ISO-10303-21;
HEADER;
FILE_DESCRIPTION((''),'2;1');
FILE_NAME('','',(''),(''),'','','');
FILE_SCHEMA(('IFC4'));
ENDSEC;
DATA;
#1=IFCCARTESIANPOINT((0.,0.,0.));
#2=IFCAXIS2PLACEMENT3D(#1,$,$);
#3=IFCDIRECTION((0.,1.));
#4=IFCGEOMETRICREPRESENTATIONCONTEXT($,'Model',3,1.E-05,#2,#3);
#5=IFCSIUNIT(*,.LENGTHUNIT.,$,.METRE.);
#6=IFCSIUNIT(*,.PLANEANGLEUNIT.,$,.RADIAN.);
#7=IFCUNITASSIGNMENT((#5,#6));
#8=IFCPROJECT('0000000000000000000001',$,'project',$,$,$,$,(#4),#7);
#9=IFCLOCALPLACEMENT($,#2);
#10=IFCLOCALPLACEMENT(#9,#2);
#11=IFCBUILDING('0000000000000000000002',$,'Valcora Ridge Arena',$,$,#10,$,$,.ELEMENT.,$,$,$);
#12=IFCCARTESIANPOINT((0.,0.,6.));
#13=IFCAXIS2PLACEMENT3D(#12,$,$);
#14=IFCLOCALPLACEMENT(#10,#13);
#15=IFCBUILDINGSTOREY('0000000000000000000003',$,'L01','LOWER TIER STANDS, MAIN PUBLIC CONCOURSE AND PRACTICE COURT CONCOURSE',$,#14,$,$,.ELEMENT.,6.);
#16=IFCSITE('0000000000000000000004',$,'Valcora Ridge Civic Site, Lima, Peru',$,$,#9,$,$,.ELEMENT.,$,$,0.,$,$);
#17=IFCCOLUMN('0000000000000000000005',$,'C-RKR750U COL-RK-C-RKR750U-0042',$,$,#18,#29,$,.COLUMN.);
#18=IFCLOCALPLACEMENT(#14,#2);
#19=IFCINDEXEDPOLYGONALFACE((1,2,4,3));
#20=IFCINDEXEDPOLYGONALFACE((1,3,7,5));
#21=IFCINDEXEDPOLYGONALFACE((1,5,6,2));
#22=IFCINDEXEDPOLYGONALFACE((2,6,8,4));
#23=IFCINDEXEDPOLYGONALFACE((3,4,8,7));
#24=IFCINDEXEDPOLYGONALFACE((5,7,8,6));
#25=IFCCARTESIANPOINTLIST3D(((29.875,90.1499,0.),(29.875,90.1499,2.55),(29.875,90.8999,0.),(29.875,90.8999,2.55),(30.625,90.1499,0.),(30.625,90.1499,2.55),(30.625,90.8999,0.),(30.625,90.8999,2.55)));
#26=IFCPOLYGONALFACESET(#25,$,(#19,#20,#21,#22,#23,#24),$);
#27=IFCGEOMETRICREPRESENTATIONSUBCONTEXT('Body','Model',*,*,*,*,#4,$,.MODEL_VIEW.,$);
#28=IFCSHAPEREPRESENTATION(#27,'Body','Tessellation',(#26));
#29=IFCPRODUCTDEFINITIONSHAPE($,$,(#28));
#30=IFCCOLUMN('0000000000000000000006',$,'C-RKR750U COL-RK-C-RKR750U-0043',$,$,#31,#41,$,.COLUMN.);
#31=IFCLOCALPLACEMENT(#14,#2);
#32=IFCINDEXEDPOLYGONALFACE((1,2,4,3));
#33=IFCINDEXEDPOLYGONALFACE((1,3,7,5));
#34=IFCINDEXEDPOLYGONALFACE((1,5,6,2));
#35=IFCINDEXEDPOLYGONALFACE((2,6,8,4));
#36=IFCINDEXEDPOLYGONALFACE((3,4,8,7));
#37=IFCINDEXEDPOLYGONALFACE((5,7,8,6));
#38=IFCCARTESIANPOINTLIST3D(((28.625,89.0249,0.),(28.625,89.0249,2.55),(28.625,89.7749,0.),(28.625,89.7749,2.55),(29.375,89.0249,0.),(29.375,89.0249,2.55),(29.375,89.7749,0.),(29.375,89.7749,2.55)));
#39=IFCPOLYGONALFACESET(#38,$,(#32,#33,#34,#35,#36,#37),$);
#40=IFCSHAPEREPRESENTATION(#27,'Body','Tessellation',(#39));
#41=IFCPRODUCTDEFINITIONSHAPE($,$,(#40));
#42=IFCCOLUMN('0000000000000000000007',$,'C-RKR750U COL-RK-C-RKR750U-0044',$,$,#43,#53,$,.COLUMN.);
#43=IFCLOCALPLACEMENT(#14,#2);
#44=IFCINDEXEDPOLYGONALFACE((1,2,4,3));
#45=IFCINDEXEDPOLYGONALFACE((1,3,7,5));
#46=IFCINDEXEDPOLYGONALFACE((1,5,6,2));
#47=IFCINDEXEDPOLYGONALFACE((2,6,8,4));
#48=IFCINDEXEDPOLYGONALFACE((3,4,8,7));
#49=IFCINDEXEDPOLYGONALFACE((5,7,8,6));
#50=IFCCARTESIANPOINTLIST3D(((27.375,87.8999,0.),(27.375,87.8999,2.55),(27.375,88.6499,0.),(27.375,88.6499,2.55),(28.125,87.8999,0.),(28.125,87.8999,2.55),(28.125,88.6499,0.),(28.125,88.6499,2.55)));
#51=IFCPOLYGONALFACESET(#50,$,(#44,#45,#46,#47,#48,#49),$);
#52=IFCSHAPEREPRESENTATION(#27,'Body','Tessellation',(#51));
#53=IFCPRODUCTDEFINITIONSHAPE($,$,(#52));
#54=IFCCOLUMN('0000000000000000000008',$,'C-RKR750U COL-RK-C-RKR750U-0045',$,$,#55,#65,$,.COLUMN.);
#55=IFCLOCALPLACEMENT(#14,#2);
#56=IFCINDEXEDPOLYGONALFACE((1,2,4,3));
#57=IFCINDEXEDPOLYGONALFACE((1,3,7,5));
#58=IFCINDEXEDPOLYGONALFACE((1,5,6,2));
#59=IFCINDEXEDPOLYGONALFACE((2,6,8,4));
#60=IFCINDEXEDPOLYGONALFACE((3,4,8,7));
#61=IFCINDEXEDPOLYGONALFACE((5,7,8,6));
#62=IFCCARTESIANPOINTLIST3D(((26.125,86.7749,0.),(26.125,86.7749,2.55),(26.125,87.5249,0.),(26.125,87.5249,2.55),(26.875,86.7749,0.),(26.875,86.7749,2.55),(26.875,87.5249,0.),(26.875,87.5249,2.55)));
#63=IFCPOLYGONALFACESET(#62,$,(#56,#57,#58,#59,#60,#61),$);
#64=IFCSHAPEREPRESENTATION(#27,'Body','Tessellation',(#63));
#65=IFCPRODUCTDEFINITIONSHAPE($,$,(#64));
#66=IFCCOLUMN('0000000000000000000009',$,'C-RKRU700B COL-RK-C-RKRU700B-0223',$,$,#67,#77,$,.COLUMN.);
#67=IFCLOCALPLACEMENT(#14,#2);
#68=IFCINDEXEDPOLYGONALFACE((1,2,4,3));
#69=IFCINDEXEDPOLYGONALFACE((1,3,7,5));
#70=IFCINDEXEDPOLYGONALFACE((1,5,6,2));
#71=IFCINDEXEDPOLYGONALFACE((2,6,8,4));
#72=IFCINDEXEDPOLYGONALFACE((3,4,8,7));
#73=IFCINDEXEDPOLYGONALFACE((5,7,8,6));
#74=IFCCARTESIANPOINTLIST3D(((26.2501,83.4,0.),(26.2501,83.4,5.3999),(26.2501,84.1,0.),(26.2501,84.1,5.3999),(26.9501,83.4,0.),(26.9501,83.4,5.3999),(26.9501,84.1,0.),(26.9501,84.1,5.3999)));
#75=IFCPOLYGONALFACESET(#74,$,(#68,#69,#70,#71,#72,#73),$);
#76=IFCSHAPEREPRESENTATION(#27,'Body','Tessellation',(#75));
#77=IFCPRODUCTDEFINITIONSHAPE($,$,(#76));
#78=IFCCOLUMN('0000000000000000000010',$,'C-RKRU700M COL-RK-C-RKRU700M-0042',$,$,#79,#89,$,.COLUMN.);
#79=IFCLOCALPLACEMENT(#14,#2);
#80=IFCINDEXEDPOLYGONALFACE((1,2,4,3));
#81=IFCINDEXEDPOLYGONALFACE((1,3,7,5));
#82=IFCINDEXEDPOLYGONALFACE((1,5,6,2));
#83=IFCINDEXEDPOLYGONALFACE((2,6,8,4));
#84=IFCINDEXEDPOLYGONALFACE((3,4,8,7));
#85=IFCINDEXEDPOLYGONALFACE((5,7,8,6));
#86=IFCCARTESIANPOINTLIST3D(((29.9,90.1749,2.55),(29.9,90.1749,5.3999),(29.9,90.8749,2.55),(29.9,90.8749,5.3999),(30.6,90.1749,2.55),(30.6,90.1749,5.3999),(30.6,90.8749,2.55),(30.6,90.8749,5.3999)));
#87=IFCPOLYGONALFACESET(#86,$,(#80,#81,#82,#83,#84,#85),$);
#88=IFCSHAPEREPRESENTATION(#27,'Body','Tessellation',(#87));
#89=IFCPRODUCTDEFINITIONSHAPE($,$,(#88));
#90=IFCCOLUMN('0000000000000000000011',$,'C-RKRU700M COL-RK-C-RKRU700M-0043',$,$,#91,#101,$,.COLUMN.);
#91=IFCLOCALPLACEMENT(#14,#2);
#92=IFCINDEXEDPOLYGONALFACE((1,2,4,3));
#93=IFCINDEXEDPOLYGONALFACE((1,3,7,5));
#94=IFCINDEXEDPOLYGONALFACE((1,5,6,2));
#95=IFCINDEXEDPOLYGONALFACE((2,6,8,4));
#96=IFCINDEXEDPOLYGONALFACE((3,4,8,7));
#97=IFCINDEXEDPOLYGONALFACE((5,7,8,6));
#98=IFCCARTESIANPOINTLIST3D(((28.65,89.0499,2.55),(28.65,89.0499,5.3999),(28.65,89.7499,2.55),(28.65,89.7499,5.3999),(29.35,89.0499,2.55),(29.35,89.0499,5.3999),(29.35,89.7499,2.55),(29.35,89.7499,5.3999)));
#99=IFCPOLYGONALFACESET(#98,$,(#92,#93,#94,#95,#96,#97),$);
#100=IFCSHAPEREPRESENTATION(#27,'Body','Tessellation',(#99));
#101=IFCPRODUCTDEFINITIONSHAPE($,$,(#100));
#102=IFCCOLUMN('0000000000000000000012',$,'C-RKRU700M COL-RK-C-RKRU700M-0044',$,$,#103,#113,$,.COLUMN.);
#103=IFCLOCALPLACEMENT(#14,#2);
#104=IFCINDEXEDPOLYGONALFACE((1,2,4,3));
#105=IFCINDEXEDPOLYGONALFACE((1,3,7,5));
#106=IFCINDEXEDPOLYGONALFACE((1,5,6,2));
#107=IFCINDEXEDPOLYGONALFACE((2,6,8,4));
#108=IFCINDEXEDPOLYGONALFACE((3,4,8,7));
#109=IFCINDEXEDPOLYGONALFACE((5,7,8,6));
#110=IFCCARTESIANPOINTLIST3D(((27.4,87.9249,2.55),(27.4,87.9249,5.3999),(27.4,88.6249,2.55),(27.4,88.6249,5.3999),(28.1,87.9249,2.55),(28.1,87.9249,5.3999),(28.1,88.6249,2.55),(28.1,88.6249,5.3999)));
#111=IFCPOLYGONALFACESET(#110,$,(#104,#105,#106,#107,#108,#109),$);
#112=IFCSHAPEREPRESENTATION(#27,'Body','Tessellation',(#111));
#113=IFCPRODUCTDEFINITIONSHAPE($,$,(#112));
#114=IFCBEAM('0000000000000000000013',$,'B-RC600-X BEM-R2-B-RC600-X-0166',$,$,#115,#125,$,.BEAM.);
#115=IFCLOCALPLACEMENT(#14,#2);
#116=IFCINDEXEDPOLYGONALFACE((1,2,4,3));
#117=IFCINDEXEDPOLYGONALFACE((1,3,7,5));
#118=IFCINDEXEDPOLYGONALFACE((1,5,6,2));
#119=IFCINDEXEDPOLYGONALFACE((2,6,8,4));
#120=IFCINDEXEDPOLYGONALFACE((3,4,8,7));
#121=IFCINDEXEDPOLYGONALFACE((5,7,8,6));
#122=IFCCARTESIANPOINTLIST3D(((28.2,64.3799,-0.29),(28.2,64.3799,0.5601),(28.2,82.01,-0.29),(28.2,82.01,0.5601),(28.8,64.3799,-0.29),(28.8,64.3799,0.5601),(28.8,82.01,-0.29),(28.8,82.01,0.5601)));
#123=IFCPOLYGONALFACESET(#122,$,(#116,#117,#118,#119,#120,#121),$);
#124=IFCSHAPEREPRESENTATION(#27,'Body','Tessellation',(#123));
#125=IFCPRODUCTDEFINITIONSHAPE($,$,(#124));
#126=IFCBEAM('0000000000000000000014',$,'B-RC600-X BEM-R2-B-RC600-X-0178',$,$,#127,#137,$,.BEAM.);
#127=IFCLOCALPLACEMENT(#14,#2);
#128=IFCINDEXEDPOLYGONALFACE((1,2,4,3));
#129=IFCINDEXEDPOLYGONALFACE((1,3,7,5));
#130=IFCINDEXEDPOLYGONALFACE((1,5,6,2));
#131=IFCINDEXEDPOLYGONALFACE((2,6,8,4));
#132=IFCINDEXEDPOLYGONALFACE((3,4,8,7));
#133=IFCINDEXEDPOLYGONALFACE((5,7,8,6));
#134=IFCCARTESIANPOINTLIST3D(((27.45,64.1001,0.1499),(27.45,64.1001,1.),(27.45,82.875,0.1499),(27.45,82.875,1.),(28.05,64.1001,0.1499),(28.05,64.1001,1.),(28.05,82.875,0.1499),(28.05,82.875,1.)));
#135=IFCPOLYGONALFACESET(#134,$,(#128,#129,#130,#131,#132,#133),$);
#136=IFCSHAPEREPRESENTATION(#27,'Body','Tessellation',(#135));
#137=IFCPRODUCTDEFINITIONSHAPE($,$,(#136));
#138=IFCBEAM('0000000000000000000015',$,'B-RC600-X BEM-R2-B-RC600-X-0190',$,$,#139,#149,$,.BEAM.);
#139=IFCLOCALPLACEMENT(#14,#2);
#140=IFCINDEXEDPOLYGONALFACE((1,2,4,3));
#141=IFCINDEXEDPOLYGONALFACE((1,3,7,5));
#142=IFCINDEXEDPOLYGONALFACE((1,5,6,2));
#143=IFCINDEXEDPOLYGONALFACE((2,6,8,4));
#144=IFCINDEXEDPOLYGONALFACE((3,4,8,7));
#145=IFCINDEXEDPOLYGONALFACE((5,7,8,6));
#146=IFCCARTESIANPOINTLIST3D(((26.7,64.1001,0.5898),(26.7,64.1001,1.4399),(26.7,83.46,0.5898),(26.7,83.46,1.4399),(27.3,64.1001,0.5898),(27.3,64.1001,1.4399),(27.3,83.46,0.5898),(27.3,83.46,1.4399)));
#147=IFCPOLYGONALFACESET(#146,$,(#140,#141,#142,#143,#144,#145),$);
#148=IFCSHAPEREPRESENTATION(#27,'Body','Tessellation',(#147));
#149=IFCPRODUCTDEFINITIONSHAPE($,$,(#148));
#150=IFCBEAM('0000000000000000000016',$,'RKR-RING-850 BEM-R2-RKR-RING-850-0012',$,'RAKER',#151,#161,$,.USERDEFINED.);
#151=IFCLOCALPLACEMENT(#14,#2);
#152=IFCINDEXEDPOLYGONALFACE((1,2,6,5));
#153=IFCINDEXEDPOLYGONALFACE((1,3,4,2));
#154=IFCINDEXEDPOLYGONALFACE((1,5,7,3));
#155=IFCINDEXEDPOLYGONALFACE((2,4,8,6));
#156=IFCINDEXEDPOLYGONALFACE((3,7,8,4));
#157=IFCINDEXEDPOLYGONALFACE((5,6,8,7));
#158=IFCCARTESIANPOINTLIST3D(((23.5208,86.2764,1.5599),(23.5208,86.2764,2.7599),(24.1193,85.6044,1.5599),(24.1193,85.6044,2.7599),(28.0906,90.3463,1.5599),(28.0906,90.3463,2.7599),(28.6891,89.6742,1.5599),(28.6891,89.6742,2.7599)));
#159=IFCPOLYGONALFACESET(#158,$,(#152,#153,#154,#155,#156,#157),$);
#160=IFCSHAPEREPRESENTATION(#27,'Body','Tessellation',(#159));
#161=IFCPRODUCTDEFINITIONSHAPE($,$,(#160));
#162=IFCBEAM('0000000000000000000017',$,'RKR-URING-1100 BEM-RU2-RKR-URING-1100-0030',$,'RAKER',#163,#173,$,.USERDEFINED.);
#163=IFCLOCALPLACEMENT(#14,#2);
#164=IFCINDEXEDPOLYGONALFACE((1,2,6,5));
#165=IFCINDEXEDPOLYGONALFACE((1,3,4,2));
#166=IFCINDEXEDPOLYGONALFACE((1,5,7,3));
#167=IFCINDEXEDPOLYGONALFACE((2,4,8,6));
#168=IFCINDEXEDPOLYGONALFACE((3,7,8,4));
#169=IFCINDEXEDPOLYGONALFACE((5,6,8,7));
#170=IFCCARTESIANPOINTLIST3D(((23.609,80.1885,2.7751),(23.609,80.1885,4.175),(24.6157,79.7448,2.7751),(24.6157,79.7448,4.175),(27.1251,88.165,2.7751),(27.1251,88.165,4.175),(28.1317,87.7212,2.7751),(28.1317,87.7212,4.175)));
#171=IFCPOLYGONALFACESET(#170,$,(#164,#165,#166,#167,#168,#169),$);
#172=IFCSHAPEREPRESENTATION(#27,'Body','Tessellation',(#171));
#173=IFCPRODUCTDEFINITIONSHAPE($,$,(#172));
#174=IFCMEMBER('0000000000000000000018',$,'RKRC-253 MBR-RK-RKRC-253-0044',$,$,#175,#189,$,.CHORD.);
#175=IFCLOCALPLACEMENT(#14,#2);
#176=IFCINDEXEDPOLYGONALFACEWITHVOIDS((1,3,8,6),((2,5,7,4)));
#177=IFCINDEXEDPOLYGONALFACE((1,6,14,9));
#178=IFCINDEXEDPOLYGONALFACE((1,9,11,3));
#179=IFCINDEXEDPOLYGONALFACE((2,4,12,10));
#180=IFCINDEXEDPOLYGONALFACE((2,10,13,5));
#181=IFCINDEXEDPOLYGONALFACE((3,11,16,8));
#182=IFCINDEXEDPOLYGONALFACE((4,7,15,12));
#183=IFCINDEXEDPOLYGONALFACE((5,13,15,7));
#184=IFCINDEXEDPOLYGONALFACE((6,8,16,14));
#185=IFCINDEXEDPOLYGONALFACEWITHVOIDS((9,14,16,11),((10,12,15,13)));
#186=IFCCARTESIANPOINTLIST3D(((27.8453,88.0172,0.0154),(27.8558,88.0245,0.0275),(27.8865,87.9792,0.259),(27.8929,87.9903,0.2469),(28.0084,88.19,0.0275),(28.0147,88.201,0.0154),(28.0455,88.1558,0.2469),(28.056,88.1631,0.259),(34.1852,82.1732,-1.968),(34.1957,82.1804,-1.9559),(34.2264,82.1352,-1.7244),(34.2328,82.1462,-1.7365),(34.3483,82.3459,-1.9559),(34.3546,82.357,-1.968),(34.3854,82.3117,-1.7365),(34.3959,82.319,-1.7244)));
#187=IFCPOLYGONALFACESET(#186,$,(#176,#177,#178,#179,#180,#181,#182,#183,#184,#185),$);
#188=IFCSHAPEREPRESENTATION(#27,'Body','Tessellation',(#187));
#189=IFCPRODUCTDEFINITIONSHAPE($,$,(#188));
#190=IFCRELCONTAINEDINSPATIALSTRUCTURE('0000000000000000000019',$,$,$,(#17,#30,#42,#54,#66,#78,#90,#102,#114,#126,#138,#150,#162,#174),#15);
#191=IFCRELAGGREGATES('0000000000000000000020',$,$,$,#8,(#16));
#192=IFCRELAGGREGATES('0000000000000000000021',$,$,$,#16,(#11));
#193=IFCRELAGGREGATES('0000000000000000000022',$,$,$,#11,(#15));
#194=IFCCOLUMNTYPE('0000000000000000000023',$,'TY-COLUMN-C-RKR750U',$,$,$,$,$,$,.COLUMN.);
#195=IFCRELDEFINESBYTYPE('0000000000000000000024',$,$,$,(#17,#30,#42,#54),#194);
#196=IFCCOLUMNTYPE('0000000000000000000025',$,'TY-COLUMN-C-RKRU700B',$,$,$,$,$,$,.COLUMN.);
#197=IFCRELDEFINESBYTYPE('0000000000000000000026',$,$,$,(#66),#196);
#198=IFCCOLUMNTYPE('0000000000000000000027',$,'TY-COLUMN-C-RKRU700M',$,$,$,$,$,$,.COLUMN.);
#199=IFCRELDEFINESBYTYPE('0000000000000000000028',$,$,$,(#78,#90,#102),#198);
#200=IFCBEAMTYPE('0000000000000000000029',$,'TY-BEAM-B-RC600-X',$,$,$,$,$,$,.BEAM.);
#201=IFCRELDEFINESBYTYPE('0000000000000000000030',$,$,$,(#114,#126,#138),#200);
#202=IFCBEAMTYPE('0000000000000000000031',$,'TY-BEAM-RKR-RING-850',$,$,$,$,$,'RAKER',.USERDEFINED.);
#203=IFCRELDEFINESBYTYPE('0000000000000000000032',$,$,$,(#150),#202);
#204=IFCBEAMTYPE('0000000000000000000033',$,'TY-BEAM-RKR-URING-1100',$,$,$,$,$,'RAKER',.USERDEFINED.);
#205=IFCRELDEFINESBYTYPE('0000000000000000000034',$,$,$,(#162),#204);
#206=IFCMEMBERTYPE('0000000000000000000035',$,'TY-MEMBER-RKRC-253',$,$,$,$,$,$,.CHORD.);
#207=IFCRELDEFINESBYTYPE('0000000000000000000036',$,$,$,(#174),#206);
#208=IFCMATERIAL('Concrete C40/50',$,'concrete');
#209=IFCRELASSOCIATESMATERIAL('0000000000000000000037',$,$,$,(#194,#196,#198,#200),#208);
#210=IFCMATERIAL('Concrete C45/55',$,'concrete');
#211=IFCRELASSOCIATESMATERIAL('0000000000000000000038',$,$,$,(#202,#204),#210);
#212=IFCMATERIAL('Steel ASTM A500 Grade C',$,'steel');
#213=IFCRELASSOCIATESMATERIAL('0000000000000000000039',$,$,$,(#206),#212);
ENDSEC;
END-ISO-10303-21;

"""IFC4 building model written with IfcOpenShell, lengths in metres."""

from ifc_helpers import new_model, si_unit, direction, frame, origin, origin_2d, place, context, subcontext, project, spatial, rectangle, hollow_rectangle, extrude, material, material_profile, profile_set, type_object, element, save


model = new_model("IFC4")

# Units and contexts
model_context = context("Model", 3, precision=1e-05, world=origin(), true_north=direction((0.0, 1.0)))
body_context = subcontext(model_context, "Body", "Model", "MODEL_VIEW")
ifc_project = project(units=[si_unit("LENGTHUNIT", "METRE"), si_unit("PLANEANGLEUNIT", "RADIAN")], contexts=[model_context])

# Site, building, storey
site_placement = place(None, origin())
site = spatial("IfcSite", under=ifc_project, at=site_placement, Name="Valcora Ridge Civic Site, Lima, Peru", CompositionType="ELEMENT", RefElevation=0.0)
building_placement = place(site_placement, origin())
building = spatial("IfcBuilding", under=site, at=building_placement, Name="Valcora Ridge Arena", CompositionType="ELEMENT")
storey_placement = place(building_placement, frame((0.0, 0.0, 6.0)))
storey = spatial("IfcBuildingStorey", under=building, at=storey_placement, Name="L01", Description="LOWER TIER STANDS, MAIN PUBLIC CONCOURSE AND PRACTICE COURT CONCOURSE", CompositionType="ELEMENT", Elevation=6.0)

# Columns
ifc_material_1 = material(Name="Concrete C40/50", Category="concrete")
ifc_material_profile_1 = material_profile(ifc_material_1, rectangle(XDim=0.75, YDim=0.75, at=origin_2d()), Name="RC 750x750")
ifc_profile_set_1 = profile_set([ifc_material_profile_1], Name="Concrete C40/50")
column_type_1 = type_object("IfcColumnType", Name="TY-COLUMN-C-RKR750U", PredefinedType="COLUMN", material=ifc_profile_set_1)
for number, where, z_axis, x_axis, name in (
    (1, (30.25, 90.5249, 0.0), (0.0, 0.0, 1.0), (1.0, 0.0, 0.0), "C-RKR750U COL-RK-C-RKR750U-0042"),
    (2, (29.0, 89.3999, 0.0), (0.0, 0.0, 1.0), (1.0, 0.0, 0.0), "C-RKR750U COL-RK-C-RKR750U-0043"),
    (3, (27.75, 88.2749, 0.0), (0.0, 0.0, 1.0), (1.0, 0.0, 0.0), "C-RKR750U COL-RK-C-RKR750U-0044"),
    (4, (26.5, 87.1499, 0.0), (0.0, 0.0, 1.0), (1.0, 0.0, 0.0), "C-RKR750U COL-RK-C-RKR750U-0045"),
):
    element("IfcColumn", number, at=place(storey_placement, frame(where, z_axis=z_axis, x_axis=x_axis)), inside=storey, type_object=column_type_1, Name=name, PredefinedType="COLUMN", context=body_context, shape_type="SweptSolid", body=[
        extrude(rectangle(XDim=0.75, YDim=0.75, at=origin_2d()), origin(), (0.0, 0.0, 1.0), 2.55),
    ])
ifc_material_profile_2 = material_profile(ifc_material_1, rectangle(XDim=0.7, YDim=0.7, at=origin_2d()), Name="RC 700x700")
ifc_profile_set_2 = profile_set([ifc_material_profile_2], Name="Concrete C40/50")
column_type_2 = type_object("IfcColumnType", Name="TY-COLUMN-C-RKRU700B", PredefinedType="COLUMN", material=ifc_profile_set_2)
column_placement = place(storey_placement, frame((26.6001, 83.75, 0.0), z_axis=(0.0, 0.0, 1.0), x_axis=(1.0, 0.0, 0.0)))
element("IfcColumn", 5, at=column_placement, inside=storey, type_object=column_type_2, Name="C-RKRU700B COL-RK-C-RKRU700B-0223", PredefinedType="COLUMN", context=body_context, shape_type="SweptSolid", body=[
    extrude(rectangle(XDim=0.7, YDim=0.7, at=origin_2d()), origin(), (0.0, 0.0, 1.0), 5.3999),
])
ifc_material_profile_3 = material_profile(ifc_material_1, rectangle(XDim=0.7, YDim=0.7, at=origin_2d()), Name="RC 700x700")
ifc_profile_set_3 = profile_set([ifc_material_profile_3], Name="Concrete C40/50")
column_type_3 = type_object("IfcColumnType", Name="TY-COLUMN-C-RKRU700M", PredefinedType="COLUMN", material=ifc_profile_set_3)
for number, where, z_axis, x_axis, name in (
    (6, (30.25, 90.5249, 2.55), (0.0, 0.0, 1.0), (1.0, 0.0, 0.0), "C-RKRU700M COL-RK-C-RKRU700M-0042"),
    (7, (29.0, 89.3999, 2.55), (0.0, 0.0, 1.0), (1.0, 0.0, 0.0), "C-RKRU700M COL-RK-C-RKRU700M-0043"),
    (8, (27.75, 88.2749, 2.55), (0.0, 0.0, 1.0), (1.0, 0.0, 0.0), "C-RKRU700M COL-RK-C-RKRU700M-0044"),
):
    element("IfcColumn", number, at=place(storey_placement, frame(where, z_axis=z_axis, x_axis=x_axis)), inside=storey, type_object=column_type_3, Name=name, PredefinedType="COLUMN", context=body_context, shape_type="SweptSolid", body=[
        extrude(rectangle(XDim=0.7, YDim=0.7, at=origin_2d()), origin(), (0.0, 0.0, 1.0), 2.8499),
    ])

# Beams
ifc_material_profile_4 = material_profile(ifc_material_1, rectangle(XDim=0.6001, YDim=0.8501, at=origin_2d()), Name="RC 600x850")
ifc_profile_set_4 = profile_set([ifc_material_profile_4], Name="Concrete C40/50")
beam_type_1 = type_object("IfcBeamType", Name="TY-BEAM-B-RC600-X", PredefinedType="BEAM", material=ifc_profile_set_4)
beam_1_placement = place(storey_placement, frame((28.5, 82.01, 0.135), z_axis=(0.0, -1.0, 0.0), x_axis=(1.0, 0.0, 0.0)))
element("IfcBeam", 9, at=beam_1_placement, inside=storey, type_object=beam_type_1, Name="B-RC600-X BEM-R2-B-RC600-X-0166", PredefinedType="BEAM", context=body_context, shape_type="SweptSolid", body=[
    extrude(rectangle(XDim=0.6001, YDim=0.8501, at=origin_2d()), origin(), (0.0, 0.0, 1.0), 17.6301),
])
beam_2_placement = place(storey_placement, frame((27.75, 82.875, 0.575), z_axis=(0.0, -1.0, 0.0), x_axis=(1.0, 0.0, 0.0)))
element("IfcBeam", 10, at=beam_2_placement, inside=storey, type_object=beam_type_1, Name="B-RC600-X BEM-R2-B-RC600-X-0178", PredefinedType="BEAM", context=body_context, shape_type="SweptSolid", body=[
    extrude(rectangle(XDim=0.6001, YDim=0.8501, at=origin_2d()), origin(), (0.0, 0.0, 1.0), 18.7749),
])
beam_3_placement = place(storey_placement, frame((27.0, 83.46, 1.0149), z_axis=(0.0, -1.0, 0.0), x_axis=(1.0, 0.0, 0.0)))
element("IfcBeam", 11, at=beam_3_placement, inside=storey, type_object=beam_type_1, Name="B-RC600-X BEM-R2-B-RC600-X-0190", PredefinedType="BEAM", context=body_context, shape_type="SweptSolid", body=[
    extrude(rectangle(XDim=0.6001, YDim=0.8501, at=origin_2d()), origin(), (0.0, 0.0, 1.0), 19.3599),
])
ifc_material_2 = material(Name="Concrete C45/55", Category="concrete")
ifc_material_profile_5 = material_profile(ifc_material_2, rectangle(XDim=0.8999, YDim=1.2, at=origin_2d()), Name="RC 900x1200")
ifc_profile_set_5 = profile_set([ifc_material_profile_5], Name="Concrete C45/55")
beam_type_2 = type_object("IfcBeamType", Name="TY-BEAM-RKR-RING-850", ElementType="RAKER", PredefinedType="USERDEFINED", material=ifc_profile_set_5)
beam_4_placement = place(storey_placement, frame((28.3899, 90.0103, 2.1599), z_axis=(-0.746779, -0.665072, 0.0), x_axis=(0.665072, -0.746779, 0.0)))
element("IfcBeam", 12, at=beam_4_placement, inside=storey, type_object=beam_type_2, Name="RKR-RING-850 BEM-R2-RKR-RING-850-0012", ObjectType="RAKER", PredefinedType="USERDEFINED", context=body_context, shape_type="SweptSolid", body=[
    extrude(rectangle(XDim=0.8999, YDim=1.2, at=origin_2d()), origin(), (0.0, 0.0, 1.0), 6.1194),
])
ifc_material_profile_6 = material_profile(ifc_material_2, rectangle(XDim=1.1001, YDim=1.3999, at=origin_2d()), Name="RC 1100x1400")
ifc_profile_set_6 = profile_set([ifc_material_profile_6], Name="Concrete C45/55")
beam_type_3 = type_object("IfcBeamType", Name="TY-BEAM-RKR-URING-1100", ElementType="RAKER", PredefinedType="USERDEFINED", material=ifc_profile_set_6)
beam_5_placement = place(storey_placement, frame((27.6284, 87.9431, 3.4751), z_axis=(-0.403356, -0.915043, 0.0), x_axis=(0.915043, -0.403356, 0.0)))
element("IfcBeam", 13, at=beam_5_placement, inside=storey, type_object=beam_type_3, Name="RKR-URING-1100 BEM-RU2-RKR-URING-1100-0030", ObjectType="RAKER", PredefinedType="USERDEFINED", context=body_context, shape_type="SweptSolid", body=[
    extrude(rectangle(XDim=1.1001, YDim=1.3999, at=origin_2d()), origin(), (0.0, 0.0, 1.0), 8.717),
])

# Member
ifc_material_3 = material(Name="Steel ASTM A500 Grade C", Category="steel")
ifc_material_profile_7 = material_profile(ifc_material_3, hollow_rectangle(XDim=0.25, YDim=0.25, WallThickness=0.0125, at=origin_2d()), Name="HSS250X250X12")
ifc_profile_set_7 = profile_set([ifc_material_profile_7], Name="Steel ASTM A500 Grade C")
member_type_1 = type_object("IfcMemberType", Name="TY-MEMBER-RKRC-253", PredefinedType="CHORD", material=ifc_profile_set_7)
member_1_placement = place(storey_placement, frame((34.2905, 82.2461, -1.8462), z_axis=(-0.716562, 0.660519, 0.224174), x_axis=(-0.677768, -0.735275, 0.0)))
element("IfcMember", 14, at=member_1_placement, inside=storey, type_object=member_type_1, Name="RKRC-253 MBR-RK-RKRC-253-0044", PredefinedType="CHORD", context=body_context, shape_type="SweptSolid", body=[
    extrude(hollow_rectangle(XDim=0.25, YDim=0.25, WallThickness=0.0125, at=origin_2d()), origin(), (0.0, 0.0, 1.0), 8.8477),
])

save(model, "model.ifc")
